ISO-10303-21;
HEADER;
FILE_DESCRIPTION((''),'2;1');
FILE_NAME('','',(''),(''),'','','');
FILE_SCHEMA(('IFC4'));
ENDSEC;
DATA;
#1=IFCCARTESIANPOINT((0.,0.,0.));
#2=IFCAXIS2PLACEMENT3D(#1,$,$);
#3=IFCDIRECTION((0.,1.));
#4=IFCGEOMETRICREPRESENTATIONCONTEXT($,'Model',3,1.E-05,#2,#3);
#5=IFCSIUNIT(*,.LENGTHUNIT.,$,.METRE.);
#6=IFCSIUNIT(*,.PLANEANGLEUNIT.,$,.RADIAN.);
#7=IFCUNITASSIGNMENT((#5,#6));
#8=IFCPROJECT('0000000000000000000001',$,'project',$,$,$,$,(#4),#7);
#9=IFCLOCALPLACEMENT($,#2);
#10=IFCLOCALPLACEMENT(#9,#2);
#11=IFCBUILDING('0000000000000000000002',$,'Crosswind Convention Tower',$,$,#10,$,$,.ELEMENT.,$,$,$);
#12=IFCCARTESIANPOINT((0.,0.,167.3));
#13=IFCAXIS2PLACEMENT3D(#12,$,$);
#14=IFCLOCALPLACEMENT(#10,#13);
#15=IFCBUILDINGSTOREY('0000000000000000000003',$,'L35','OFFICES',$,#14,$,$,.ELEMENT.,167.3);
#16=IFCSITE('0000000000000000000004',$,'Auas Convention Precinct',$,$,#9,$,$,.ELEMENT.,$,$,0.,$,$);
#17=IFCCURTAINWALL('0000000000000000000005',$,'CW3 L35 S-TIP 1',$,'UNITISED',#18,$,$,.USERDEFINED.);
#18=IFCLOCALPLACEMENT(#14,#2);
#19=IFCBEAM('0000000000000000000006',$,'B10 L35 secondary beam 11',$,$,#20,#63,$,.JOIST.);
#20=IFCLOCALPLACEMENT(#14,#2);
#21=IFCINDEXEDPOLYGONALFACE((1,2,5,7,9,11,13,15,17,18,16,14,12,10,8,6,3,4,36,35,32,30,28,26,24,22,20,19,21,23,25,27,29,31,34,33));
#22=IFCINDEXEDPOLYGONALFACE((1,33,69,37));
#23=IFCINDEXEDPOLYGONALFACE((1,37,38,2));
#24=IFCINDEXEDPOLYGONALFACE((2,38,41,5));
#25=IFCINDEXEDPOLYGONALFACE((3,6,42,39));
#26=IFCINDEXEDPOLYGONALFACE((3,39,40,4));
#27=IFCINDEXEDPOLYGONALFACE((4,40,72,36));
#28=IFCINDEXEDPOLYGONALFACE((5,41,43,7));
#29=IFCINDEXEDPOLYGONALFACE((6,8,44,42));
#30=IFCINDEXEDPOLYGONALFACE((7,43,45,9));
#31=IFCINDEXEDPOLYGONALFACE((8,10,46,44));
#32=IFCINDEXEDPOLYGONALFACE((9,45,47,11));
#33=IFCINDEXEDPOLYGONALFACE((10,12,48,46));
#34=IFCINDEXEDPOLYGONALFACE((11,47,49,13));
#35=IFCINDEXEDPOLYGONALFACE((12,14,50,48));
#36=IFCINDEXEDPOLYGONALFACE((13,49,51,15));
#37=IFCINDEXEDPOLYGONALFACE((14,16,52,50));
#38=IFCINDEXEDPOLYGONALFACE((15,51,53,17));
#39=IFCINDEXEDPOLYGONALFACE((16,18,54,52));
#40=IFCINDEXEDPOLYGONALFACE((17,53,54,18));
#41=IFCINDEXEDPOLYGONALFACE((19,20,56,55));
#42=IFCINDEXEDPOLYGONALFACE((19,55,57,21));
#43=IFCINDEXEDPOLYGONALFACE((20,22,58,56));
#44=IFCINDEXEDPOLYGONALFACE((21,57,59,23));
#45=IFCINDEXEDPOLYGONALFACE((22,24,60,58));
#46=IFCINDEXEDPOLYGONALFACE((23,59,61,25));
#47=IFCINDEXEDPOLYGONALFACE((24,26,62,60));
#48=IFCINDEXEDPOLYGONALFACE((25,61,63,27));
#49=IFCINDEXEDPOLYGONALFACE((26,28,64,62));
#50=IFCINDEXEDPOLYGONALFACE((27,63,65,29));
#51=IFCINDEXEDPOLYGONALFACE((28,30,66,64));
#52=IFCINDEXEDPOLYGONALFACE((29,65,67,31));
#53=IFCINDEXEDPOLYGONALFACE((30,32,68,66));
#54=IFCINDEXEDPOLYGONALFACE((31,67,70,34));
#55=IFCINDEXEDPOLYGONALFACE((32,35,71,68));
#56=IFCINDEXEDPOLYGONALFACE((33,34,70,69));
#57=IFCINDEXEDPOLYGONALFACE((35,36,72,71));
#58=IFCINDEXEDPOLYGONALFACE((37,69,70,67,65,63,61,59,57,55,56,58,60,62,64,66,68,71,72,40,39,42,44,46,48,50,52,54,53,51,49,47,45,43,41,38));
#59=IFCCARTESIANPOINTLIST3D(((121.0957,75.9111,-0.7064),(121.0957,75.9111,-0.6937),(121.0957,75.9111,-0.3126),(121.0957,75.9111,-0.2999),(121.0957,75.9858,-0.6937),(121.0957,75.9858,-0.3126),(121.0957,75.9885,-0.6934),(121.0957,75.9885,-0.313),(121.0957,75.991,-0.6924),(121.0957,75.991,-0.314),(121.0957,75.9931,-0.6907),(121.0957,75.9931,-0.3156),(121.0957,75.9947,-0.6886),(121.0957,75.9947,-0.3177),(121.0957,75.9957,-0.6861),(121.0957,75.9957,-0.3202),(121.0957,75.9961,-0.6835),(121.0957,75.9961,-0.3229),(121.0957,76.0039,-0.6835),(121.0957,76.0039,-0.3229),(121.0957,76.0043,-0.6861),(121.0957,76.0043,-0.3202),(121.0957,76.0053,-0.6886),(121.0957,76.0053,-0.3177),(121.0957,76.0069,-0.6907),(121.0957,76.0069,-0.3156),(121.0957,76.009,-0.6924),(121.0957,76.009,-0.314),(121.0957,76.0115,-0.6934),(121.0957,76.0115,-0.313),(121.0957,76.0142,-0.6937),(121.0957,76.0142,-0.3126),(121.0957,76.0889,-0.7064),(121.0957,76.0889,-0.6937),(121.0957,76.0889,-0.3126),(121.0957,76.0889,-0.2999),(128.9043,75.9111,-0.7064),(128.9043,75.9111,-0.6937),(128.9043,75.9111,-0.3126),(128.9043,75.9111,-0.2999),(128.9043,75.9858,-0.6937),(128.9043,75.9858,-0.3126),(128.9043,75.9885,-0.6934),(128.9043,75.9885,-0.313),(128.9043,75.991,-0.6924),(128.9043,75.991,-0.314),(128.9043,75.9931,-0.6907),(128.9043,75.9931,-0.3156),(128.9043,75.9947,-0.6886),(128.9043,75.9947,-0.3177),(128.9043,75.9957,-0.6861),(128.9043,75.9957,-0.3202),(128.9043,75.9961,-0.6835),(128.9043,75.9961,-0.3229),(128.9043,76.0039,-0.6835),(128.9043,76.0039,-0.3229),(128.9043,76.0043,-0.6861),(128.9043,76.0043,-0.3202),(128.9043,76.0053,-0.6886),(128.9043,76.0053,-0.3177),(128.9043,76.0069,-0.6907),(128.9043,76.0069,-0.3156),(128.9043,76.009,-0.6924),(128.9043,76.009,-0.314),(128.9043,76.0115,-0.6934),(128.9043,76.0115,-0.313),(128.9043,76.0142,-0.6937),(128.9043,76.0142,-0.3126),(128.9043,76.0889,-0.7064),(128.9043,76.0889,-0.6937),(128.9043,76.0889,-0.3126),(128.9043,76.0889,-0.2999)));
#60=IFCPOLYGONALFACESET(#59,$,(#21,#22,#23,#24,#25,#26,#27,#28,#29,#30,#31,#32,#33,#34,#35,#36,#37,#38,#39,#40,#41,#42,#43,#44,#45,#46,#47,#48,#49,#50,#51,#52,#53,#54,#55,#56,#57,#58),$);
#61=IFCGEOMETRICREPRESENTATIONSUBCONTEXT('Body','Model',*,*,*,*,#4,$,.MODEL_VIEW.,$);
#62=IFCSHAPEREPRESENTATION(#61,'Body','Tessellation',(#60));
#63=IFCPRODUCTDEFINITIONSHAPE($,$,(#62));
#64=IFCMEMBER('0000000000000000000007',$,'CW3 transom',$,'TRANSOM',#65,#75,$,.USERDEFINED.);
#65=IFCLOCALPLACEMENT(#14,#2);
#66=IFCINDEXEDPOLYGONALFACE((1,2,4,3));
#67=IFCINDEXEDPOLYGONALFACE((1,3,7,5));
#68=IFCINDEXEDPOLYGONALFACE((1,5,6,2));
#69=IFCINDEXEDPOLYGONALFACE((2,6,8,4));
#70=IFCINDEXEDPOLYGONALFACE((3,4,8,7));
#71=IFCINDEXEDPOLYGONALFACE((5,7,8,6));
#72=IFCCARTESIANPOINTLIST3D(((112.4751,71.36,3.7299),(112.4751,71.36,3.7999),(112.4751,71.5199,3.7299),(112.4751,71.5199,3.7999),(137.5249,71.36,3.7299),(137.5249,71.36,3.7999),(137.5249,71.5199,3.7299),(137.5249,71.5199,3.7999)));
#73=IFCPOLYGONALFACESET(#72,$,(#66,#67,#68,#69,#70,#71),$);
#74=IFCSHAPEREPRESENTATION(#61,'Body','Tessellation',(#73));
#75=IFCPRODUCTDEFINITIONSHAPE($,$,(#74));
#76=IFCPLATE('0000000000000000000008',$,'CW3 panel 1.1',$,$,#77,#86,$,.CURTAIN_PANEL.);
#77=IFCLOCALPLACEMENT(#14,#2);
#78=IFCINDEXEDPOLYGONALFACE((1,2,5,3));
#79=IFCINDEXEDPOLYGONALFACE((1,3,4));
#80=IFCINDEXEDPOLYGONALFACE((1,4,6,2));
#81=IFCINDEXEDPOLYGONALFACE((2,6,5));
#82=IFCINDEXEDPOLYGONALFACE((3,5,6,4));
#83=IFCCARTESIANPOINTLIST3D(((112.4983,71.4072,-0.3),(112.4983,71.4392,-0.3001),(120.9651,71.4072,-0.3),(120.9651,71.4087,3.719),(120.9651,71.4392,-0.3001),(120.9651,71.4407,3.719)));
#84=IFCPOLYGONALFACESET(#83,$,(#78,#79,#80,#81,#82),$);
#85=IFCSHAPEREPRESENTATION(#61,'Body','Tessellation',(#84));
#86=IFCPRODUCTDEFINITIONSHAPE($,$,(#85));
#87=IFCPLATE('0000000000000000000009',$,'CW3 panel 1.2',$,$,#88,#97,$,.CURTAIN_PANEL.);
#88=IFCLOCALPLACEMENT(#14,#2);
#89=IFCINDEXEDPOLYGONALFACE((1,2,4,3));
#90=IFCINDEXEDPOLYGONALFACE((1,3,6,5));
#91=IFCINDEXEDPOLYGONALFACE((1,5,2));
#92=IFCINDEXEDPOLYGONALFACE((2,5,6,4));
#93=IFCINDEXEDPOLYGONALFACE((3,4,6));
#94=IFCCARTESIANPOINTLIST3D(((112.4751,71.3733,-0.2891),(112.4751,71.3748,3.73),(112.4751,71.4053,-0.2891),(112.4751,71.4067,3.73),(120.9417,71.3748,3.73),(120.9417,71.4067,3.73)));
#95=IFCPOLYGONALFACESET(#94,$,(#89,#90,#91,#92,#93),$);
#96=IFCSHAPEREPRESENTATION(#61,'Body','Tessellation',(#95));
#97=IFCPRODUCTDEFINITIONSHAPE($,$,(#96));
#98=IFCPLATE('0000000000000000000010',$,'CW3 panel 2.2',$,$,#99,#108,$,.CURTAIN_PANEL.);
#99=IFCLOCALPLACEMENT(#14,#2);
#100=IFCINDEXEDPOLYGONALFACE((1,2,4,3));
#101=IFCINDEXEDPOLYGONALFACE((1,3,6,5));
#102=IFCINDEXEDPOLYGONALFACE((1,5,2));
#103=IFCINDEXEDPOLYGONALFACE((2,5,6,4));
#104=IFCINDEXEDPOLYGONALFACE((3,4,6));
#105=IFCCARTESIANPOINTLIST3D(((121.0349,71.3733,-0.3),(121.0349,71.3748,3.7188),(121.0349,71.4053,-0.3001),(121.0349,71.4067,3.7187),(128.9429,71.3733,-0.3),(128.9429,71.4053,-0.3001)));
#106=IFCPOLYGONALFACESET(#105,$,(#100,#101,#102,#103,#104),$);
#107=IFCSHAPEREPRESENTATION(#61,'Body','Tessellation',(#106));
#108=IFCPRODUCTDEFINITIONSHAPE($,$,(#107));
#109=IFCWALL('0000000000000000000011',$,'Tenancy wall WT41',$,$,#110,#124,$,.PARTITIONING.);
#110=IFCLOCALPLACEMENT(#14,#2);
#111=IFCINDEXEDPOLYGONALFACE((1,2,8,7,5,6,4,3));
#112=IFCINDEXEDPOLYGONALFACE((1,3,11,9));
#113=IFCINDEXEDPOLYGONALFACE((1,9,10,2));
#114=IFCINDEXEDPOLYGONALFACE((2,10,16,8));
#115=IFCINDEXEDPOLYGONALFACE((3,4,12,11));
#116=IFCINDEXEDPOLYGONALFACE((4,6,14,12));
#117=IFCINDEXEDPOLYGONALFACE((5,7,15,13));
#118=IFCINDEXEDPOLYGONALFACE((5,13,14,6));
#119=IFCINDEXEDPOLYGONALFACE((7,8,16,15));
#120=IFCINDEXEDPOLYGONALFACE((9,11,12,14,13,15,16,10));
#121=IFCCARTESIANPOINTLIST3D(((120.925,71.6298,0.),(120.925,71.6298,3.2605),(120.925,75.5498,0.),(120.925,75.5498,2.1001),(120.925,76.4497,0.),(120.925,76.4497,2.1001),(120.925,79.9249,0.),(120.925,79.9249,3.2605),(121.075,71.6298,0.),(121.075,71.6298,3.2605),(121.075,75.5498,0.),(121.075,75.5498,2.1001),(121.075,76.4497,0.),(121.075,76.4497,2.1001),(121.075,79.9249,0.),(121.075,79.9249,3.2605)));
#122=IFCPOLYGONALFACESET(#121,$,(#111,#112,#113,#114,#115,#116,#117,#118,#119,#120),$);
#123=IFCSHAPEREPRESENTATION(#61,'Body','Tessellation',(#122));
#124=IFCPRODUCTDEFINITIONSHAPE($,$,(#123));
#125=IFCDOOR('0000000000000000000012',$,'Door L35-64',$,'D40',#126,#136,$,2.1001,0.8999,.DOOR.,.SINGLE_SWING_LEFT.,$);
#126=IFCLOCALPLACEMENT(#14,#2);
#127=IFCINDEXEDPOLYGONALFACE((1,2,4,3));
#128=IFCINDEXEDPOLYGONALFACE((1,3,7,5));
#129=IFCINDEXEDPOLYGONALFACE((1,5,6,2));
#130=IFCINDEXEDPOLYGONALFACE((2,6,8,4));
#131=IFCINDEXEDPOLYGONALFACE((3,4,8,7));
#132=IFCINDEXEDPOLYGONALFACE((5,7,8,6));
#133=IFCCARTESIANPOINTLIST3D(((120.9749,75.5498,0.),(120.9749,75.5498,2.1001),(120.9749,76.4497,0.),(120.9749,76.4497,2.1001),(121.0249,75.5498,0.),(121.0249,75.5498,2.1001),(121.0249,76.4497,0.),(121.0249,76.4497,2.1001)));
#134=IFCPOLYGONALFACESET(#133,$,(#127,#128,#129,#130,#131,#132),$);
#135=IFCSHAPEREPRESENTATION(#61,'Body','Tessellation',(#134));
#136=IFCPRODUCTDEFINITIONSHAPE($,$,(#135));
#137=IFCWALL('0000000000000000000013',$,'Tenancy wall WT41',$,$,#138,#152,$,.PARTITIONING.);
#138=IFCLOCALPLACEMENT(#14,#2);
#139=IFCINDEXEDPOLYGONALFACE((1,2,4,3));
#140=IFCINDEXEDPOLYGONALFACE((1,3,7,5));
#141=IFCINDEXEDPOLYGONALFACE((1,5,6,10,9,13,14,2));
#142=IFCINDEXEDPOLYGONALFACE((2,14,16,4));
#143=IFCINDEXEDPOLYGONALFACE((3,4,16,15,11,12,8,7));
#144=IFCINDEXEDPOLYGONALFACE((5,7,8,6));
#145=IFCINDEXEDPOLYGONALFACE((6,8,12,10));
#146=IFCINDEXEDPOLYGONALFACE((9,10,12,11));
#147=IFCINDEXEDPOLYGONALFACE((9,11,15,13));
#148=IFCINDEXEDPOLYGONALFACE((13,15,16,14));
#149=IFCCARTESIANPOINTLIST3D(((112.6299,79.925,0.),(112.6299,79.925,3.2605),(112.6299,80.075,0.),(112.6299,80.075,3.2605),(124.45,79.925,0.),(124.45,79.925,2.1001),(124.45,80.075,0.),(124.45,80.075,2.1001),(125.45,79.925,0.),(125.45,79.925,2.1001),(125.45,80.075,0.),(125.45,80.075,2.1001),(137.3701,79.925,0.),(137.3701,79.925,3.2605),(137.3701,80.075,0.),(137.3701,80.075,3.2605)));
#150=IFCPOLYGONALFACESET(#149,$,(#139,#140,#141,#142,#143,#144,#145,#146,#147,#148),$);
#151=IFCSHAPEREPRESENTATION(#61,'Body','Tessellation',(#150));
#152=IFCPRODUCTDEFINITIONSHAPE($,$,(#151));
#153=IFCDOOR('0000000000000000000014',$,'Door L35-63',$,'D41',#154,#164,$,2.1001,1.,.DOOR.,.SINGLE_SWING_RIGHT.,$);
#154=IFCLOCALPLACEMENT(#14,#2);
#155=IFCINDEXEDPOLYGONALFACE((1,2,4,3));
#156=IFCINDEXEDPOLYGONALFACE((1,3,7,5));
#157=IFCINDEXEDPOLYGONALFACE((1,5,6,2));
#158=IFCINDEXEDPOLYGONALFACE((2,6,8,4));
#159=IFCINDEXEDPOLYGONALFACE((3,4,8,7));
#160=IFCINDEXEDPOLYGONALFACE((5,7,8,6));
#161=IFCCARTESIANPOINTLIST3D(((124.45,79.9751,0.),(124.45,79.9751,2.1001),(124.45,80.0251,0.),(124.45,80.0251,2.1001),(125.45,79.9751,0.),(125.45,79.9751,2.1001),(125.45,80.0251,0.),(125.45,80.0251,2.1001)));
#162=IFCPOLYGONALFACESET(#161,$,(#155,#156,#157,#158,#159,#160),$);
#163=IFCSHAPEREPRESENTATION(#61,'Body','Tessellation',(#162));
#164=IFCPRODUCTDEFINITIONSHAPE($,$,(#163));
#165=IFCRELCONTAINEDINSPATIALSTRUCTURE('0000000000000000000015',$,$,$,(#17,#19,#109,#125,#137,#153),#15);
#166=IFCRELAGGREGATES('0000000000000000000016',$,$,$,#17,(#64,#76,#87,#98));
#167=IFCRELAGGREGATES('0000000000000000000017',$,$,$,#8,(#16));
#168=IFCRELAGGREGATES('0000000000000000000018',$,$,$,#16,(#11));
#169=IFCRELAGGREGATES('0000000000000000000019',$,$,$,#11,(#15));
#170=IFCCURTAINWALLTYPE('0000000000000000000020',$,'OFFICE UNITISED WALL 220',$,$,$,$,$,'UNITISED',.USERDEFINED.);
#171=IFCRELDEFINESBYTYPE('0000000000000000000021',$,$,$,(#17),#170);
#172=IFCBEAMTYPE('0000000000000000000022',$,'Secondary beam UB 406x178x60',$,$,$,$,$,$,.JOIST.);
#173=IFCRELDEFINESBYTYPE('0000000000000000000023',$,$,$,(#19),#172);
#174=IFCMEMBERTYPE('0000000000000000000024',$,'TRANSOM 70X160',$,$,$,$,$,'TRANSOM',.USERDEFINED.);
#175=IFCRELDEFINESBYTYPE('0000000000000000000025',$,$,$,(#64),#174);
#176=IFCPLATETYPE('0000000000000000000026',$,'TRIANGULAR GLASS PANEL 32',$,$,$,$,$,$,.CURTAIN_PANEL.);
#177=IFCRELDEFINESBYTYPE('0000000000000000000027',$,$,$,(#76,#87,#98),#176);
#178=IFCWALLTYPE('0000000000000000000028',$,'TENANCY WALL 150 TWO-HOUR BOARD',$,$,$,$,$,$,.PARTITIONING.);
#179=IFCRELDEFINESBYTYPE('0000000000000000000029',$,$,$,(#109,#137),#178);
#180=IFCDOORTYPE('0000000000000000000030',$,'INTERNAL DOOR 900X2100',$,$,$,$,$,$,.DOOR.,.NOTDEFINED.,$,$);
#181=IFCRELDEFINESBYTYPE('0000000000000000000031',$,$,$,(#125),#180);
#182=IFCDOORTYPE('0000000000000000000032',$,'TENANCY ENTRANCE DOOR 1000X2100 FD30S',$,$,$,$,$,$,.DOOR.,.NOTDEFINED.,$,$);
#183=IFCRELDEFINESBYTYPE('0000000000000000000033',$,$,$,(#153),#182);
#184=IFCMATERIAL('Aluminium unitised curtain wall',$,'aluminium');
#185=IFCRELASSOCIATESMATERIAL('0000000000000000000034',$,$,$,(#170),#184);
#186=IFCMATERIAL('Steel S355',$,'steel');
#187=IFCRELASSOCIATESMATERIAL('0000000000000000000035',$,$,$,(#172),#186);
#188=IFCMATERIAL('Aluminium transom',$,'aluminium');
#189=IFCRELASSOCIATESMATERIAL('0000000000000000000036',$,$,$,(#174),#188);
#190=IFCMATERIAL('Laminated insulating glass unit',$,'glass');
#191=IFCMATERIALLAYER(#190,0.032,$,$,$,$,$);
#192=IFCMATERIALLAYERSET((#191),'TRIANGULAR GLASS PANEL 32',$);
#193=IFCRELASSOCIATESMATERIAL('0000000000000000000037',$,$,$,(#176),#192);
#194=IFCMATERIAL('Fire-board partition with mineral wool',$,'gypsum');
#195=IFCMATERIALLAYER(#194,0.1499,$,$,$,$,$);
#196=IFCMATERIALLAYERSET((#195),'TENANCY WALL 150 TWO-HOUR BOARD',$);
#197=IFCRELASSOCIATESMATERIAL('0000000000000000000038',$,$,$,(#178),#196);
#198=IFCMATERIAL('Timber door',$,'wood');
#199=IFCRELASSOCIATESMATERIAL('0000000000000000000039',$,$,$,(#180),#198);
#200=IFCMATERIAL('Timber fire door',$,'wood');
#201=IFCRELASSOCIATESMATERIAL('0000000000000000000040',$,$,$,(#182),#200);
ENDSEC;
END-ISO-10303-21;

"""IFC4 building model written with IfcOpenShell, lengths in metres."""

from ifc_helpers import new_model, si_unit, direction, frame, frame_2d, origin, origin_2d, place, context, subcontext, project, spatial, polyline, rectangle, i_section, outline, extrude, material, layer, layer_set, material_profile, profile_set, type_object, element, fill, aggregate, save


model = new_model("IFC4")

# Units and contexts
model_context = context("Model", 3, precision=1e-05, world=origin(), true_north=direction((0.0, 1.0)))
body_context = subcontext(model_context, "Body", "Model", "MODEL_VIEW")
ifc_project = project(units=[si_unit("LENGTHUNIT", "METRE"), si_unit("PLANEANGLEUNIT", "RADIAN")], contexts=[model_context])

# Site, building, storey
site_placement = place(None, origin())
site = spatial("IfcSite", under=ifc_project, at=site_placement, Name="Auas Convention Precinct", CompositionType="ELEMENT", RefElevation=0.0)
building_placement = place(site_placement, origin())
building = spatial("IfcBuilding", under=site, at=building_placement, Name="Crosswind Convention Tower", CompositionType="ELEMENT")
storey_placement = place(building_placement, frame((0.0, 0.0, 167.3)))
storey = spatial("IfcBuildingStorey", under=building, at=storey_placement, Name="L35", Description="OFFICES", CompositionType="ELEMENT", Elevation=167.3)

# Shared definitions
ifc_material_1 = material(Name="Steel S355", Category="steel")

# Curtain wall
ifc_material_2 = material(Name="Aluminium unitised curtain wall", Category="aluminium")
curtain_wall_type_1 = type_object("IfcCurtainWallType", Name="OFFICE UNITISED WALL 220", ElementType="UNITISED", PredefinedType="USERDEFINED", material=ifc_material_2)
curtain_wall_1_placement = place(storey_placement, origin())
curtain_wall_1 = element("IfcCurtainWall", 1, at=curtain_wall_1_placement, inside=storey, type_object=curtain_wall_type_1, Name="CW3 L35 S-TIP 1", ObjectType="UNITISED", PredefinedType="USERDEFINED")

# Beam
ifc_material_profile_1 = material_profile(ifc_material_1, i_section(OverallWidth=0.1777, OverallDepth=0.4065, WebThickness=0.0078, FlangeThickness=0.0127, FilletRadius=0.0103, at=origin_2d()), Name="UB 406x178x60")
ifc_profile_set_1 = profile_set([ifc_material_profile_1], Name="Steel S355")
beam_type_1 = type_object("IfcBeamType", Name="Secondary beam UB 406x178x60", PredefinedType="JOIST", material=ifc_profile_set_1)
beam_1_placement = place(storey_placement, frame((121.0957, 76.0, -0.5032), z_axis=(1.0, 0.0, 0.0), x_axis=(0.0, 1.0, 0.0)))
element("IfcBeam", 2, at=beam_1_placement, inside=storey, type_object=beam_type_1, Name="B10 L35 secondary beam 11", PredefinedType="JOIST", context=body_context, shape_type="SweptSolid", body=[
    extrude(i_section(OverallWidth=0.1777, OverallDepth=0.4065, WebThickness=0.0078, FlangeThickness=0.0127, FilletRadius=0.0103, at=origin_2d()), origin(), (0.0, 0.0, 1.0), 7.8086),
])

# Member
ifc_material_3 = material(Name="Aluminium transom", Category="aluminium")
ifc_material_profile_2 = material_profile(ifc_material_3, rectangle(XDim=0.1599, YDim=0.0701, at=origin_2d()), Name="AL 160X70")
ifc_profile_set_2 = profile_set([ifc_material_profile_2], Name="Aluminium transom")
member_type_1 = type_object("IfcMemberType", Name="TRANSOM 70X160", ElementType="TRANSOM", PredefinedType="USERDEFINED", material=ifc_profile_set_2)
member_1_placement = place(storey_placement, frame((112.4751, 71.4399, 3.7649), z_axis=(1.0, 0.0, 0.0), x_axis=(0.0, 1.0, 0.0)))
member_1 = element("IfcMember", 3, at=member_1_placement, type_object=member_type_1, Name="CW3 transom", ObjectType="TRANSOM", PredefinedType="USERDEFINED", context=body_context, shape_type="SweptSolid", body=[
    extrude(rectangle(XDim=0.1599, YDim=0.0701, at=origin_2d()), origin(), (0.0, 0.0, 1.0), 25.0498),
])

# Plates
ifc_material_4 = material(Name="Laminated insulating glass unit", Category="glass")
ifc_layer_1 = layer(ifc_material_4, 0.032)
ifc_layer_set_1 = layer_set([ifc_layer_1], Name="TRIANGULAR GLASS PANEL 32")
plate_type = type_object("IfcPlateType", Name="TRIANGULAR GLASS PANEL 32", PredefinedType="CURTAIN_PANEL", material=ifc_layer_set_1)
plate_1_placement = place(storey_placement, frame((120.9651, 71.4072, -0.3), z_axis=(0.0, -1.0, 0.000364), x_axis=(0.0, 0.000364, 1.0)))
plate_1 = element("IfcPlate", 4, at=plate_1_placement, type_object=plate_type, Name="CW3 panel 1.1", PredefinedType="CURTAIN_PANEL", context=body_context, shape_type="SweptSolid", body=[
    extrude(outline(polyline([(0.0, 0.0), (4.019, 0.0), (0.0, 8.4668), (0.0, 0.0)])), origin(), (0.0, 0.0, -1.0), 0.032),
])
plate_2_placement = place(storey_placement, frame((112.4751, 71.3748, 3.73), z_axis=(0.0, -1.0, 0.000364), x_axis=(0.0, -0.000364, -1.0)))
plate_2 = element("IfcPlate", 5, at=plate_2_placement, type_object=plate_type, Name="CW3 panel 1.2", PredefinedType="CURTAIN_PANEL", context=body_context, shape_type="SweptSolid", body=[
    extrude(outline(polyline([(0.0, 0.0), (4.019, 0.0), (0.0, 8.4666), (0.0, 0.0)])), origin(), (0.0, 0.0, -1.0), 0.032),
])
plate_3_placement = place(storey_placement, frame((121.0349, 71.3733, -0.3), z_axis=(0.0, -1.0, 0.000364), x_axis=(1.0, 0.0, 0.0)))
plate_3 = element("IfcPlate", 6, at=plate_3_placement, type_object=plate_type, Name="CW3 panel 2.2", PredefinedType="CURTAIN_PANEL", context=body_context, shape_type="SweptSolid", body=[
    extrude(outline(polyline([(0.0, 0.0), (7.908, 0.0), (0.0, 4.0188), (0.0, 0.0)])), origin(), (0.0, 0.0, -1.0), 0.032),
])

# Walls, openings, doors
ifc_material_5 = material(Name="Fire-board partition with mineral wool", Category="gypsum")
ifc_layer_2 = layer(ifc_material_5, 0.1499)
ifc_layer_set_2 = layer_set([ifc_layer_2], Name="TENANCY WALL 150 TWO-HOUR BOARD")
wall_type = type_object("IfcWallType", Name="TENANCY WALL 150 TWO-HOUR BOARD", PredefinedType="PARTITIONING", material=ifc_layer_set_2)
wall_1_placement = place(storey_placement, frame((121.0, 71.6299, 0.0), z_axis=(0.0, 0.0, 1.0), x_axis=(0.0, 1.0, 0.0)))
wall_1 = element("IfcWall", 7, at=wall_1_placement, inside=storey, type_object=wall_type, Name="Tenancy wall WT41", PredefinedType="PARTITIONING", context=body_context, shape_type="SweptSolid", body=[
    extrude(rectangle(XDim=8.2952, YDim=0.1499, at=frame_2d((4.1475, 0.0))), origin(), (0.0, 0.0, 1.0), 3.2605),
])
opening_1_placement = place(wall_1_placement, frame((3.9199, 0.0, 0.0)))
opening_1 = element("IfcOpeningElement", 8, at=opening_1_placement, cuts=wall_1, PredefinedType="OPENING", context=body_context, shape_type="SweptSolid", body=[
    extrude(rectangle(XDim=0.8999, YDim=2.1001, at=frame_2d((0.45, 1.05))), frame((0.0, 0.085, 0.0), z_axis=(0.0, -1.0, 0.0), x_axis=(1.0, 0.0, 0.0)), (0.0, 0.0, 1.0), 0.1699),
])
ifc_material_6 = material(Name="Timber door", Category="wood")
door_type_1 = type_object("IfcDoorType", Name="INTERNAL DOOR 900X2100", OperationType="NOTDEFINED", PredefinedType="DOOR", material=ifc_material_6)
door_1_placement = place(opening_1_placement, frame((0.8999, 0.0, 0.0), z_axis=(0.0, 0.0, 1.0), x_axis=(-1.0, 0.0, 0.0)))
door_1 = element("IfcDoor", 9, at=door_1_placement, inside=storey, type_object=door_type_1, Name="Door L35-64", ObjectType="D40", OperationType="SINGLE_SWING_LEFT", OverallHeight=2.1001, OverallWidth=0.8999, PredefinedType="DOOR", context=body_context, shape_type="SweptSolid", body=[
    extrude(rectangle(XDim=0.8999, YDim=2.1001, at=frame_2d((0.45, 1.05))), frame((0.0, 0.0249, 0.0), z_axis=(0.0, -1.0, 0.0), x_axis=(1.0, 0.0, 0.0)), (0.0, 0.0, 1.0), 0.05),
])
fill(opening_1, door_1)
wall_2_placement = place(storey_placement, frame((112.6299, 80.0, 0.0), z_axis=(0.0, 0.0, 1.0), x_axis=(1.0, 0.0, 0.0)))
wall_2 = element("IfcWall", 10, at=wall_2_placement, inside=storey, type_object=wall_type, Name="Tenancy wall WT41", PredefinedType="PARTITIONING", context=body_context, shape_type="SweptSolid", body=[
    extrude(rectangle(XDim=24.7402, YDim=0.1499, at=frame_2d((12.3701, 0.0))), origin(), (0.0, 0.0, 1.0), 3.2605),
])
opening_2_placement = place(wall_2_placement, frame((11.8201, 0.0, 0.0)))
opening_2 = element("IfcOpeningElement", 11, at=opening_2_placement, cuts=wall_2, PredefinedType="OPENING", context=body_context, shape_type="SweptSolid", body=[
    extrude(rectangle(XDim=1.0, YDim=2.1001, at=frame_2d((0.5, 1.05))), frame((0.0, 0.085, 0.0), z_axis=(0.0, -1.0, 0.0), x_axis=(1.0, 0.0, 0.0)), (0.0, 0.0, 1.0), 0.1699),
])
ifc_material_7 = material(Name="Timber fire door", Category="wood")
door_type_2 = type_object("IfcDoorType", Name="TENANCY ENTRANCE DOOR 1000X2100 FD30S", OperationType="NOTDEFINED", PredefinedType="DOOR", material=ifc_material_7)
door_2_placement = place(opening_2_placement, frame((1.0, 0.0, 0.0), z_axis=(0.0, 0.0, 1.0), x_axis=(-1.0, 0.0, 0.0)))
door_2 = element("IfcDoor", 12, at=door_2_placement, inside=storey, type_object=door_type_2, Name="Door L35-63", ObjectType="D41", OperationType="SINGLE_SWING_RIGHT", OverallHeight=2.1001, OverallWidth=1.0, PredefinedType="DOOR", context=body_context, shape_type="SweptSolid", body=[
    extrude(rectangle(XDim=1.0, YDim=2.1001, at=frame_2d((0.5, 1.05))), frame((0.0, 0.0249, 0.0), z_axis=(0.0, -1.0, 0.0), x_axis=(1.0, 0.0, 0.0)), (0.0, 0.0, 1.0), 0.05),
])
fill(opening_2, door_2)

aggregate(curtain_wall_1, [member_1, plate_1, plate_2, plate_3])

save(model, "model.ifc")
